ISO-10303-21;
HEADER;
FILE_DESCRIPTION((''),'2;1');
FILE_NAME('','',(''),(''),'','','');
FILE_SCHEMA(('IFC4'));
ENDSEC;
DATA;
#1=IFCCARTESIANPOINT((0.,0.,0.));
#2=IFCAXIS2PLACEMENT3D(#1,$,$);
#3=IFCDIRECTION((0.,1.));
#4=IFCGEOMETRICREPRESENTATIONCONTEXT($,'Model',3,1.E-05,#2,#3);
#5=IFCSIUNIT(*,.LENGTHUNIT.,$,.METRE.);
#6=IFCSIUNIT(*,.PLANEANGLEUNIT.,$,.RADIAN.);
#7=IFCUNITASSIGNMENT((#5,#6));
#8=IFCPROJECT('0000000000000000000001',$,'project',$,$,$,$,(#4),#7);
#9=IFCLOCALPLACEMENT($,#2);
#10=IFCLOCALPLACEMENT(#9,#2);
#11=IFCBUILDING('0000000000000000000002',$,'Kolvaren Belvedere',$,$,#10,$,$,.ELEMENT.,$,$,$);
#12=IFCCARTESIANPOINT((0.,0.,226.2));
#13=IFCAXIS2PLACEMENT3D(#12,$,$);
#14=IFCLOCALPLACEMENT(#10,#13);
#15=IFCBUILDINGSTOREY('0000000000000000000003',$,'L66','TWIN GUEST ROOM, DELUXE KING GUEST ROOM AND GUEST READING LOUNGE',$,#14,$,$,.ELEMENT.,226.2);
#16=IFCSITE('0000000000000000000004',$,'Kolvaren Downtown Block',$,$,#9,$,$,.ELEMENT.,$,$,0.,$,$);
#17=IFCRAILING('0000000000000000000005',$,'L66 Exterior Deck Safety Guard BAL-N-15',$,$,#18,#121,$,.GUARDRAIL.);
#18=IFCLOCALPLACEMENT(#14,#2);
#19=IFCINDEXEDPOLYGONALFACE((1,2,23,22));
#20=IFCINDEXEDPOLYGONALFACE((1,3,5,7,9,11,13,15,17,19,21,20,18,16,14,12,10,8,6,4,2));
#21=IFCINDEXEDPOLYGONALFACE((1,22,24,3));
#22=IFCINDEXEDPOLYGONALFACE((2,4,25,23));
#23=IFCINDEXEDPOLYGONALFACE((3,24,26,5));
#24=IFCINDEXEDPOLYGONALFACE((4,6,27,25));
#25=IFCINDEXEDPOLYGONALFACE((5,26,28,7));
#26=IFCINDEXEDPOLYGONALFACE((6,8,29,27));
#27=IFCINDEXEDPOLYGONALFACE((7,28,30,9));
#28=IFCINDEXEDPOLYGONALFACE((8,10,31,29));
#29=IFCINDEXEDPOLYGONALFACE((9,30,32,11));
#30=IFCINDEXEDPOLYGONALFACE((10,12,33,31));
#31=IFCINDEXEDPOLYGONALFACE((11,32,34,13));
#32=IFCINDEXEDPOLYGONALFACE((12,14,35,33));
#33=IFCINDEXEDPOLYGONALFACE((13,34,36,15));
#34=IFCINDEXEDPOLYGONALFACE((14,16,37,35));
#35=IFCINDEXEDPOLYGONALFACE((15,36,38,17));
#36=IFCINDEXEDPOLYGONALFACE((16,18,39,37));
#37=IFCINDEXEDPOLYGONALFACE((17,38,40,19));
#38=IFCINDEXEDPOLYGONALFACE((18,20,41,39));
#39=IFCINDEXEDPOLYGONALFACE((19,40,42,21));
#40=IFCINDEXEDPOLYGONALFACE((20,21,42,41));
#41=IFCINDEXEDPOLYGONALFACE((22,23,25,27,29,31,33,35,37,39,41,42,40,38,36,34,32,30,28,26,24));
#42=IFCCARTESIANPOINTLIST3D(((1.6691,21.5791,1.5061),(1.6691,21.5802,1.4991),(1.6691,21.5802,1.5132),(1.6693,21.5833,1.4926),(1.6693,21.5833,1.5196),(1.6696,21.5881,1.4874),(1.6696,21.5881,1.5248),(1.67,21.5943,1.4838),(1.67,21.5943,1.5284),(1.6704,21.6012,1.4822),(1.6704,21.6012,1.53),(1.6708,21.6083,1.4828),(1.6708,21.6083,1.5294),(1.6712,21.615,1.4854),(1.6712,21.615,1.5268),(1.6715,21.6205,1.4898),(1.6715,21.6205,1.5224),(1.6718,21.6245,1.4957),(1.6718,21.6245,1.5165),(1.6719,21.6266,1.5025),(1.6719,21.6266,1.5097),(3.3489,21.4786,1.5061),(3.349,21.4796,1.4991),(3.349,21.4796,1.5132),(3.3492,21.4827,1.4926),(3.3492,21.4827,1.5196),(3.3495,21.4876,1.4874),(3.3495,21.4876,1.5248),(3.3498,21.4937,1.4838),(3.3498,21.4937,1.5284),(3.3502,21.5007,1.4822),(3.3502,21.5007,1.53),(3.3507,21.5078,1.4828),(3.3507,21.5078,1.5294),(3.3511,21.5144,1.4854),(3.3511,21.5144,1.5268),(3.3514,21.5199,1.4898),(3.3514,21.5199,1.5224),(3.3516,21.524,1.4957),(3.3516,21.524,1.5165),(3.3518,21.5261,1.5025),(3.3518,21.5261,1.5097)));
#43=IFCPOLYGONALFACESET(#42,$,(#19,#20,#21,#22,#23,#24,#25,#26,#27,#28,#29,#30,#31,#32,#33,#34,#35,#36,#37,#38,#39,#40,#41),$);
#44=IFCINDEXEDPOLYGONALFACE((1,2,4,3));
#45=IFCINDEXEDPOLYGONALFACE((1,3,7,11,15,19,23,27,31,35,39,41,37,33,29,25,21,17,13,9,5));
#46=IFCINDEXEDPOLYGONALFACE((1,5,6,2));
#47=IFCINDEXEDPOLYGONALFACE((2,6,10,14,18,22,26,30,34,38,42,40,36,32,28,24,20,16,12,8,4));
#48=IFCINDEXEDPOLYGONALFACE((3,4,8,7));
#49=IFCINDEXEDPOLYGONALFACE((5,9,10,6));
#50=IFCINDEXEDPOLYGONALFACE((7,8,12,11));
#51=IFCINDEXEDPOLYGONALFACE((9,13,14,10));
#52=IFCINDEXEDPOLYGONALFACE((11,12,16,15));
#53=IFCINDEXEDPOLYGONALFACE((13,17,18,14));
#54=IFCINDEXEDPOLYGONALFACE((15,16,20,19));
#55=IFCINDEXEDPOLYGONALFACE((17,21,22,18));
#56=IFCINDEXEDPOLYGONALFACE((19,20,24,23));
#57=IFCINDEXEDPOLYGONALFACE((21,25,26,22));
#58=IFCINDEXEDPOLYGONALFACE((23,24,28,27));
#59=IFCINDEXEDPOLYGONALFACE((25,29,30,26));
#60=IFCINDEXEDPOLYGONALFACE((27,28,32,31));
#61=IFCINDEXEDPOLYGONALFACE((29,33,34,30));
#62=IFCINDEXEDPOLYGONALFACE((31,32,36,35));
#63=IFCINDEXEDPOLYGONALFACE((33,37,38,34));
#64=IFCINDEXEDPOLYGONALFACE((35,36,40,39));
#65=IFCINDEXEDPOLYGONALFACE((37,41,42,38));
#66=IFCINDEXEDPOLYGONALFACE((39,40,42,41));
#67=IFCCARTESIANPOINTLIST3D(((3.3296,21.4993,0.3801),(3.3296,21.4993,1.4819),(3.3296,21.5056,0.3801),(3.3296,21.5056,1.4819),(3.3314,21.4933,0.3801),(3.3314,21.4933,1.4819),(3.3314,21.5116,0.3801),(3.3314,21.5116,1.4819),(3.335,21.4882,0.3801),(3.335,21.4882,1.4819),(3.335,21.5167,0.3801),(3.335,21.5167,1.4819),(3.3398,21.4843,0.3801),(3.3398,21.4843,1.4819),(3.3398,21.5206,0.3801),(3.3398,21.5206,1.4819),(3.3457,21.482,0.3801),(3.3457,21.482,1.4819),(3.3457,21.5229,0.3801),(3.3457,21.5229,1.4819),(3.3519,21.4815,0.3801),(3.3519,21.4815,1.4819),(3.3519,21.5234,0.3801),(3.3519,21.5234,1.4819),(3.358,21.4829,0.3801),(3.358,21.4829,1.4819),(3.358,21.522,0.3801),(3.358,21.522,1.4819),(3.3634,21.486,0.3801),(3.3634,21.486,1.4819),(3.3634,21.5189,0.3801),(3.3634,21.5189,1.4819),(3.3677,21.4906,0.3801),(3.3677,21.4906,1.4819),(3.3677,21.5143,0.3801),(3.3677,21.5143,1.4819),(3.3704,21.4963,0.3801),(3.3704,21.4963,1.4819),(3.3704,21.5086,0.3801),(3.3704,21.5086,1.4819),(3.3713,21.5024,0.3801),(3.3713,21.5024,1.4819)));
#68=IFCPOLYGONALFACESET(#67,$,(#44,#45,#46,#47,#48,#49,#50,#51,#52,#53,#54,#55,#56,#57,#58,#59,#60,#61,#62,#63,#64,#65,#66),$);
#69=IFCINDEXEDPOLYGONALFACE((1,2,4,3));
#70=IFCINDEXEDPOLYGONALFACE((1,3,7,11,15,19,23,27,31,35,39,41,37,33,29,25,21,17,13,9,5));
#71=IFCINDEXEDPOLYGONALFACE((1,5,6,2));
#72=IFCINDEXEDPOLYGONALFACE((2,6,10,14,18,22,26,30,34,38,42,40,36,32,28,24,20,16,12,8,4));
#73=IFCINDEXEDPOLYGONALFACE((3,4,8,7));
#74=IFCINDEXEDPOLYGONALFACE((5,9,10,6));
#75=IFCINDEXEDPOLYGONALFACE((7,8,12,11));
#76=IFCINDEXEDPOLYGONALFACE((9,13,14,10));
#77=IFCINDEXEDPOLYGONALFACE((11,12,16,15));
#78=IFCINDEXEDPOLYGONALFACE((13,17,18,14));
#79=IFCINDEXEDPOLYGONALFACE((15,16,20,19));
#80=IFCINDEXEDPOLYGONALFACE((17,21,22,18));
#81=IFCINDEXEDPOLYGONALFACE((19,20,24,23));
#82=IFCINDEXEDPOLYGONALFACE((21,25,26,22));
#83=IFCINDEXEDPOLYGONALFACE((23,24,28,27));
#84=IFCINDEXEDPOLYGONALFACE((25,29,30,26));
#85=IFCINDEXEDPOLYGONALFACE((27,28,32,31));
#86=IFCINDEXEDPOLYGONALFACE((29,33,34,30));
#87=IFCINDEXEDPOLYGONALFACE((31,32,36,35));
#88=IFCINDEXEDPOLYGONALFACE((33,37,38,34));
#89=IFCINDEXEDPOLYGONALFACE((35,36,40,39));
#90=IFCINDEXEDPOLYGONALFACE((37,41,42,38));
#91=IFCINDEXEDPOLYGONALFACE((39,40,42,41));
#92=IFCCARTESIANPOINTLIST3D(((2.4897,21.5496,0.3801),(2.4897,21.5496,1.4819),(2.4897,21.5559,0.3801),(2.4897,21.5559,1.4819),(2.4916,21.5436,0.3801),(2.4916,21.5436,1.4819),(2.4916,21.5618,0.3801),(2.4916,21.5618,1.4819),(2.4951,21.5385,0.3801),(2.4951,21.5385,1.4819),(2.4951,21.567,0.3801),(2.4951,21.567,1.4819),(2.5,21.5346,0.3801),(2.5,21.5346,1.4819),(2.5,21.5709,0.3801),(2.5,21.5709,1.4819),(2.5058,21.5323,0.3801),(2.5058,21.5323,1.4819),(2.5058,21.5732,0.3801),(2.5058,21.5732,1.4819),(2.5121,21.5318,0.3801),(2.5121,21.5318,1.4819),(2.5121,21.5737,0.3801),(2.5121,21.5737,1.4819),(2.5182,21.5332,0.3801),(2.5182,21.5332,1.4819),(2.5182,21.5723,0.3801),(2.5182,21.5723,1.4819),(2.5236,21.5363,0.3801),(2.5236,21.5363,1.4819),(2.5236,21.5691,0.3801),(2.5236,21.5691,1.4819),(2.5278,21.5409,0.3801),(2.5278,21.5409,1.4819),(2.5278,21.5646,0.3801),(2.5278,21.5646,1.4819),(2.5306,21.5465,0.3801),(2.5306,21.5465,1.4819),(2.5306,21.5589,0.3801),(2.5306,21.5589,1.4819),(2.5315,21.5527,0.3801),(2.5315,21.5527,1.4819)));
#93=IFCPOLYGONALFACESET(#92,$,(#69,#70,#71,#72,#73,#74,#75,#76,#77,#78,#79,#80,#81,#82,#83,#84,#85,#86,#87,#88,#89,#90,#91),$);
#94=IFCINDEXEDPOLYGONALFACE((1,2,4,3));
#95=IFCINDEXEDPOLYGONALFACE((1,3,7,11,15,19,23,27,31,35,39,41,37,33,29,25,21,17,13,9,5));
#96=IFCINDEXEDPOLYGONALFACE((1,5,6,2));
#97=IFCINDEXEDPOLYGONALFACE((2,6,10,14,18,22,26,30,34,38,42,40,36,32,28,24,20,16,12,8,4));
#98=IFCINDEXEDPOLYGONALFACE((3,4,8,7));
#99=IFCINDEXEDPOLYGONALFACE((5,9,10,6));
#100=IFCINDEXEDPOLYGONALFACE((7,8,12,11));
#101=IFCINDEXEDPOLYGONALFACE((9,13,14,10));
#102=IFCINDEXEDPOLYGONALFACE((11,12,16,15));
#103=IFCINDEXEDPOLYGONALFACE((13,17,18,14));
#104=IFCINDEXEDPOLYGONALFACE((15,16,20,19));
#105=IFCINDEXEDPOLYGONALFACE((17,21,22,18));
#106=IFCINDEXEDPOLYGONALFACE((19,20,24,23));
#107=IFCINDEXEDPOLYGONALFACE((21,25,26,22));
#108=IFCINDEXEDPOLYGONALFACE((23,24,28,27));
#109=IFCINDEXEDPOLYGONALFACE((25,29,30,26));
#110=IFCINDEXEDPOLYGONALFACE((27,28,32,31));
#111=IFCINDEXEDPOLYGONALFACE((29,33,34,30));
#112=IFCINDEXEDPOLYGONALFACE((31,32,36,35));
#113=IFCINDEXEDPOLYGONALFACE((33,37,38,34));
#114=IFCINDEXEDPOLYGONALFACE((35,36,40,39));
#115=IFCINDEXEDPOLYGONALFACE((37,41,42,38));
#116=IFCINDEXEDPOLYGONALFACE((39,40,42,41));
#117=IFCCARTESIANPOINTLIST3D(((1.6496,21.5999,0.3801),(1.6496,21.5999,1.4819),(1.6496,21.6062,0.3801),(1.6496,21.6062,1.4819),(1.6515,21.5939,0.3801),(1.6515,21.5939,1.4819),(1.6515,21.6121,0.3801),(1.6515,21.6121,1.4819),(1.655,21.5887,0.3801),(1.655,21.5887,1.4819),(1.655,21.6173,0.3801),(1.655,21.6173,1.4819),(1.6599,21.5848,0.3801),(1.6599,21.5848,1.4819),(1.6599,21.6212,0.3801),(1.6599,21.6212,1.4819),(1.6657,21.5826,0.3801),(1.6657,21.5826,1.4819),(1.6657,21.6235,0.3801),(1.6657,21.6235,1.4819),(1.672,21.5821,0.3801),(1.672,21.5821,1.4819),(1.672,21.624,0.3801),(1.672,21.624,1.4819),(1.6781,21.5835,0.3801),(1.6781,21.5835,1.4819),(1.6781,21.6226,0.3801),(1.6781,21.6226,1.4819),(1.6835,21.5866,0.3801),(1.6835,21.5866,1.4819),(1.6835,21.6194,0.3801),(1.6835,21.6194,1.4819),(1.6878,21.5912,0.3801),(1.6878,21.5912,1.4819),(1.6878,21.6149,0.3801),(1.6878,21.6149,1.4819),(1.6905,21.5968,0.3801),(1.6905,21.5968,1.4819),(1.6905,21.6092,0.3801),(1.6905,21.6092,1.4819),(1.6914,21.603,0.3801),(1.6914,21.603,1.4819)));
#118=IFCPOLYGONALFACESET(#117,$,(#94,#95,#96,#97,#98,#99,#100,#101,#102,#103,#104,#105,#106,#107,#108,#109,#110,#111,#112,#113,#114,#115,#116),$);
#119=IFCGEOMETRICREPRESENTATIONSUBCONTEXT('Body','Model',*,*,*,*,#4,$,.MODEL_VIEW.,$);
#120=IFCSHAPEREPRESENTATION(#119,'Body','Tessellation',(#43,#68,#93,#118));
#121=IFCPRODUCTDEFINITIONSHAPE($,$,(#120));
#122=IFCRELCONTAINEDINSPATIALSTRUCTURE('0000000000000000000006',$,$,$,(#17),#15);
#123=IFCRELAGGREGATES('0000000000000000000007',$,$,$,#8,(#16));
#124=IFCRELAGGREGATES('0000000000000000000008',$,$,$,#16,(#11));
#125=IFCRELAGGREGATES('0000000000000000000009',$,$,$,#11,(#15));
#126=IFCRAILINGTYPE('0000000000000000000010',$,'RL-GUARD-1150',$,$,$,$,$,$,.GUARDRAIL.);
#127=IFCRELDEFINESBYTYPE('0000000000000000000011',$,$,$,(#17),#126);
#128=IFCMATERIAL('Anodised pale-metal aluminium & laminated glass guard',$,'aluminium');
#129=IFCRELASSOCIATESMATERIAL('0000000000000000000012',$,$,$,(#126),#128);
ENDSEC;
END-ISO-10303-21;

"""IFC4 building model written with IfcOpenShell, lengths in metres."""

from ifc_helpers import new_model, si_unit, direction, frame, origin, origin_2d, place, context, subcontext, project, spatial, circle, extrude, material, type_object, element, save


model = new_model("IFC4")

# Units and contexts
model_context = context("Model", 3, precision=1e-05, world=origin(), true_north=direction((0.0, 1.0)))
body_context = subcontext(model_context, "Body", "Model", "MODEL_VIEW")
ifc_project = project(units=[si_unit("LENGTHUNIT", "METRE"), si_unit("PLANEANGLEUNIT", "RADIAN")], contexts=[model_context])

# Site, building, storey
site_placement = place(None, origin())
site = spatial("IfcSite", under=ifc_project, at=site_placement, Name="Kolvaren Downtown Block", CompositionType="ELEMENT", RefElevation=0.0)
building_placement = place(site_placement, origin())
building = spatial("IfcBuilding", under=site, at=building_placement, Name="Kolvaren Belvedere", CompositionType="ELEMENT")
storey_placement = place(building_placement, frame((0.0, 0.0, 226.2)))
storey = spatial("IfcBuildingStorey", under=building, at=storey_placement, Name="L66", Description="TWIN GUEST ROOM, DELUXE KING GUEST ROOM AND GUEST READING LOUNGE", CompositionType="ELEMENT", Elevation=226.2)

# Railing
ifc_material_1 = material(Name="Anodised pale-metal aluminium & laminated glass guard", Category="aluminium")
railing_type = type_object("IfcRailingType", Name="RL-GUARD-1150", PredefinedType="GUARDRAIL", material=ifc_material_1)
railing_1_placement = place(storey_placement, frame((3.3503, 21.5024, 0.3801)))
element("IfcRailing", 1, at=railing_1_placement, inside=storey, type_object=railing_type, Name="L66 Exterior Deck Safety Guard BAL-N-15", PredefinedType="GUARDRAIL", context=body_context, shape_type="SweptSolid", body=[
    extrude(circle(Radius=0.0239, at=origin_2d()), frame((0.0, 0.0, 1.126), z_axis=(-0.998212, 0.059768, 0.0), x_axis=(-0.059768, -0.998212, 0.0)), (0.0, 0.0, 1.0), 1.6829),
    extrude(circle(Radius=0.021, at=origin_2d()), origin(), (0.0, 0.0, 1.0), 1.1018),
    extrude(circle(Radius=0.021, at=origin_2d()), frame((-0.8398, 0.0503, 0.0)), (0.0, 0.0, 1.0), 1.1018),
    extrude(circle(Radius=0.021, at=origin_2d()), frame((-1.6799, 0.1006, 0.0)), (0.0, 0.0, 1.0), 1.1018),
])

save(model, "model.ifc")
